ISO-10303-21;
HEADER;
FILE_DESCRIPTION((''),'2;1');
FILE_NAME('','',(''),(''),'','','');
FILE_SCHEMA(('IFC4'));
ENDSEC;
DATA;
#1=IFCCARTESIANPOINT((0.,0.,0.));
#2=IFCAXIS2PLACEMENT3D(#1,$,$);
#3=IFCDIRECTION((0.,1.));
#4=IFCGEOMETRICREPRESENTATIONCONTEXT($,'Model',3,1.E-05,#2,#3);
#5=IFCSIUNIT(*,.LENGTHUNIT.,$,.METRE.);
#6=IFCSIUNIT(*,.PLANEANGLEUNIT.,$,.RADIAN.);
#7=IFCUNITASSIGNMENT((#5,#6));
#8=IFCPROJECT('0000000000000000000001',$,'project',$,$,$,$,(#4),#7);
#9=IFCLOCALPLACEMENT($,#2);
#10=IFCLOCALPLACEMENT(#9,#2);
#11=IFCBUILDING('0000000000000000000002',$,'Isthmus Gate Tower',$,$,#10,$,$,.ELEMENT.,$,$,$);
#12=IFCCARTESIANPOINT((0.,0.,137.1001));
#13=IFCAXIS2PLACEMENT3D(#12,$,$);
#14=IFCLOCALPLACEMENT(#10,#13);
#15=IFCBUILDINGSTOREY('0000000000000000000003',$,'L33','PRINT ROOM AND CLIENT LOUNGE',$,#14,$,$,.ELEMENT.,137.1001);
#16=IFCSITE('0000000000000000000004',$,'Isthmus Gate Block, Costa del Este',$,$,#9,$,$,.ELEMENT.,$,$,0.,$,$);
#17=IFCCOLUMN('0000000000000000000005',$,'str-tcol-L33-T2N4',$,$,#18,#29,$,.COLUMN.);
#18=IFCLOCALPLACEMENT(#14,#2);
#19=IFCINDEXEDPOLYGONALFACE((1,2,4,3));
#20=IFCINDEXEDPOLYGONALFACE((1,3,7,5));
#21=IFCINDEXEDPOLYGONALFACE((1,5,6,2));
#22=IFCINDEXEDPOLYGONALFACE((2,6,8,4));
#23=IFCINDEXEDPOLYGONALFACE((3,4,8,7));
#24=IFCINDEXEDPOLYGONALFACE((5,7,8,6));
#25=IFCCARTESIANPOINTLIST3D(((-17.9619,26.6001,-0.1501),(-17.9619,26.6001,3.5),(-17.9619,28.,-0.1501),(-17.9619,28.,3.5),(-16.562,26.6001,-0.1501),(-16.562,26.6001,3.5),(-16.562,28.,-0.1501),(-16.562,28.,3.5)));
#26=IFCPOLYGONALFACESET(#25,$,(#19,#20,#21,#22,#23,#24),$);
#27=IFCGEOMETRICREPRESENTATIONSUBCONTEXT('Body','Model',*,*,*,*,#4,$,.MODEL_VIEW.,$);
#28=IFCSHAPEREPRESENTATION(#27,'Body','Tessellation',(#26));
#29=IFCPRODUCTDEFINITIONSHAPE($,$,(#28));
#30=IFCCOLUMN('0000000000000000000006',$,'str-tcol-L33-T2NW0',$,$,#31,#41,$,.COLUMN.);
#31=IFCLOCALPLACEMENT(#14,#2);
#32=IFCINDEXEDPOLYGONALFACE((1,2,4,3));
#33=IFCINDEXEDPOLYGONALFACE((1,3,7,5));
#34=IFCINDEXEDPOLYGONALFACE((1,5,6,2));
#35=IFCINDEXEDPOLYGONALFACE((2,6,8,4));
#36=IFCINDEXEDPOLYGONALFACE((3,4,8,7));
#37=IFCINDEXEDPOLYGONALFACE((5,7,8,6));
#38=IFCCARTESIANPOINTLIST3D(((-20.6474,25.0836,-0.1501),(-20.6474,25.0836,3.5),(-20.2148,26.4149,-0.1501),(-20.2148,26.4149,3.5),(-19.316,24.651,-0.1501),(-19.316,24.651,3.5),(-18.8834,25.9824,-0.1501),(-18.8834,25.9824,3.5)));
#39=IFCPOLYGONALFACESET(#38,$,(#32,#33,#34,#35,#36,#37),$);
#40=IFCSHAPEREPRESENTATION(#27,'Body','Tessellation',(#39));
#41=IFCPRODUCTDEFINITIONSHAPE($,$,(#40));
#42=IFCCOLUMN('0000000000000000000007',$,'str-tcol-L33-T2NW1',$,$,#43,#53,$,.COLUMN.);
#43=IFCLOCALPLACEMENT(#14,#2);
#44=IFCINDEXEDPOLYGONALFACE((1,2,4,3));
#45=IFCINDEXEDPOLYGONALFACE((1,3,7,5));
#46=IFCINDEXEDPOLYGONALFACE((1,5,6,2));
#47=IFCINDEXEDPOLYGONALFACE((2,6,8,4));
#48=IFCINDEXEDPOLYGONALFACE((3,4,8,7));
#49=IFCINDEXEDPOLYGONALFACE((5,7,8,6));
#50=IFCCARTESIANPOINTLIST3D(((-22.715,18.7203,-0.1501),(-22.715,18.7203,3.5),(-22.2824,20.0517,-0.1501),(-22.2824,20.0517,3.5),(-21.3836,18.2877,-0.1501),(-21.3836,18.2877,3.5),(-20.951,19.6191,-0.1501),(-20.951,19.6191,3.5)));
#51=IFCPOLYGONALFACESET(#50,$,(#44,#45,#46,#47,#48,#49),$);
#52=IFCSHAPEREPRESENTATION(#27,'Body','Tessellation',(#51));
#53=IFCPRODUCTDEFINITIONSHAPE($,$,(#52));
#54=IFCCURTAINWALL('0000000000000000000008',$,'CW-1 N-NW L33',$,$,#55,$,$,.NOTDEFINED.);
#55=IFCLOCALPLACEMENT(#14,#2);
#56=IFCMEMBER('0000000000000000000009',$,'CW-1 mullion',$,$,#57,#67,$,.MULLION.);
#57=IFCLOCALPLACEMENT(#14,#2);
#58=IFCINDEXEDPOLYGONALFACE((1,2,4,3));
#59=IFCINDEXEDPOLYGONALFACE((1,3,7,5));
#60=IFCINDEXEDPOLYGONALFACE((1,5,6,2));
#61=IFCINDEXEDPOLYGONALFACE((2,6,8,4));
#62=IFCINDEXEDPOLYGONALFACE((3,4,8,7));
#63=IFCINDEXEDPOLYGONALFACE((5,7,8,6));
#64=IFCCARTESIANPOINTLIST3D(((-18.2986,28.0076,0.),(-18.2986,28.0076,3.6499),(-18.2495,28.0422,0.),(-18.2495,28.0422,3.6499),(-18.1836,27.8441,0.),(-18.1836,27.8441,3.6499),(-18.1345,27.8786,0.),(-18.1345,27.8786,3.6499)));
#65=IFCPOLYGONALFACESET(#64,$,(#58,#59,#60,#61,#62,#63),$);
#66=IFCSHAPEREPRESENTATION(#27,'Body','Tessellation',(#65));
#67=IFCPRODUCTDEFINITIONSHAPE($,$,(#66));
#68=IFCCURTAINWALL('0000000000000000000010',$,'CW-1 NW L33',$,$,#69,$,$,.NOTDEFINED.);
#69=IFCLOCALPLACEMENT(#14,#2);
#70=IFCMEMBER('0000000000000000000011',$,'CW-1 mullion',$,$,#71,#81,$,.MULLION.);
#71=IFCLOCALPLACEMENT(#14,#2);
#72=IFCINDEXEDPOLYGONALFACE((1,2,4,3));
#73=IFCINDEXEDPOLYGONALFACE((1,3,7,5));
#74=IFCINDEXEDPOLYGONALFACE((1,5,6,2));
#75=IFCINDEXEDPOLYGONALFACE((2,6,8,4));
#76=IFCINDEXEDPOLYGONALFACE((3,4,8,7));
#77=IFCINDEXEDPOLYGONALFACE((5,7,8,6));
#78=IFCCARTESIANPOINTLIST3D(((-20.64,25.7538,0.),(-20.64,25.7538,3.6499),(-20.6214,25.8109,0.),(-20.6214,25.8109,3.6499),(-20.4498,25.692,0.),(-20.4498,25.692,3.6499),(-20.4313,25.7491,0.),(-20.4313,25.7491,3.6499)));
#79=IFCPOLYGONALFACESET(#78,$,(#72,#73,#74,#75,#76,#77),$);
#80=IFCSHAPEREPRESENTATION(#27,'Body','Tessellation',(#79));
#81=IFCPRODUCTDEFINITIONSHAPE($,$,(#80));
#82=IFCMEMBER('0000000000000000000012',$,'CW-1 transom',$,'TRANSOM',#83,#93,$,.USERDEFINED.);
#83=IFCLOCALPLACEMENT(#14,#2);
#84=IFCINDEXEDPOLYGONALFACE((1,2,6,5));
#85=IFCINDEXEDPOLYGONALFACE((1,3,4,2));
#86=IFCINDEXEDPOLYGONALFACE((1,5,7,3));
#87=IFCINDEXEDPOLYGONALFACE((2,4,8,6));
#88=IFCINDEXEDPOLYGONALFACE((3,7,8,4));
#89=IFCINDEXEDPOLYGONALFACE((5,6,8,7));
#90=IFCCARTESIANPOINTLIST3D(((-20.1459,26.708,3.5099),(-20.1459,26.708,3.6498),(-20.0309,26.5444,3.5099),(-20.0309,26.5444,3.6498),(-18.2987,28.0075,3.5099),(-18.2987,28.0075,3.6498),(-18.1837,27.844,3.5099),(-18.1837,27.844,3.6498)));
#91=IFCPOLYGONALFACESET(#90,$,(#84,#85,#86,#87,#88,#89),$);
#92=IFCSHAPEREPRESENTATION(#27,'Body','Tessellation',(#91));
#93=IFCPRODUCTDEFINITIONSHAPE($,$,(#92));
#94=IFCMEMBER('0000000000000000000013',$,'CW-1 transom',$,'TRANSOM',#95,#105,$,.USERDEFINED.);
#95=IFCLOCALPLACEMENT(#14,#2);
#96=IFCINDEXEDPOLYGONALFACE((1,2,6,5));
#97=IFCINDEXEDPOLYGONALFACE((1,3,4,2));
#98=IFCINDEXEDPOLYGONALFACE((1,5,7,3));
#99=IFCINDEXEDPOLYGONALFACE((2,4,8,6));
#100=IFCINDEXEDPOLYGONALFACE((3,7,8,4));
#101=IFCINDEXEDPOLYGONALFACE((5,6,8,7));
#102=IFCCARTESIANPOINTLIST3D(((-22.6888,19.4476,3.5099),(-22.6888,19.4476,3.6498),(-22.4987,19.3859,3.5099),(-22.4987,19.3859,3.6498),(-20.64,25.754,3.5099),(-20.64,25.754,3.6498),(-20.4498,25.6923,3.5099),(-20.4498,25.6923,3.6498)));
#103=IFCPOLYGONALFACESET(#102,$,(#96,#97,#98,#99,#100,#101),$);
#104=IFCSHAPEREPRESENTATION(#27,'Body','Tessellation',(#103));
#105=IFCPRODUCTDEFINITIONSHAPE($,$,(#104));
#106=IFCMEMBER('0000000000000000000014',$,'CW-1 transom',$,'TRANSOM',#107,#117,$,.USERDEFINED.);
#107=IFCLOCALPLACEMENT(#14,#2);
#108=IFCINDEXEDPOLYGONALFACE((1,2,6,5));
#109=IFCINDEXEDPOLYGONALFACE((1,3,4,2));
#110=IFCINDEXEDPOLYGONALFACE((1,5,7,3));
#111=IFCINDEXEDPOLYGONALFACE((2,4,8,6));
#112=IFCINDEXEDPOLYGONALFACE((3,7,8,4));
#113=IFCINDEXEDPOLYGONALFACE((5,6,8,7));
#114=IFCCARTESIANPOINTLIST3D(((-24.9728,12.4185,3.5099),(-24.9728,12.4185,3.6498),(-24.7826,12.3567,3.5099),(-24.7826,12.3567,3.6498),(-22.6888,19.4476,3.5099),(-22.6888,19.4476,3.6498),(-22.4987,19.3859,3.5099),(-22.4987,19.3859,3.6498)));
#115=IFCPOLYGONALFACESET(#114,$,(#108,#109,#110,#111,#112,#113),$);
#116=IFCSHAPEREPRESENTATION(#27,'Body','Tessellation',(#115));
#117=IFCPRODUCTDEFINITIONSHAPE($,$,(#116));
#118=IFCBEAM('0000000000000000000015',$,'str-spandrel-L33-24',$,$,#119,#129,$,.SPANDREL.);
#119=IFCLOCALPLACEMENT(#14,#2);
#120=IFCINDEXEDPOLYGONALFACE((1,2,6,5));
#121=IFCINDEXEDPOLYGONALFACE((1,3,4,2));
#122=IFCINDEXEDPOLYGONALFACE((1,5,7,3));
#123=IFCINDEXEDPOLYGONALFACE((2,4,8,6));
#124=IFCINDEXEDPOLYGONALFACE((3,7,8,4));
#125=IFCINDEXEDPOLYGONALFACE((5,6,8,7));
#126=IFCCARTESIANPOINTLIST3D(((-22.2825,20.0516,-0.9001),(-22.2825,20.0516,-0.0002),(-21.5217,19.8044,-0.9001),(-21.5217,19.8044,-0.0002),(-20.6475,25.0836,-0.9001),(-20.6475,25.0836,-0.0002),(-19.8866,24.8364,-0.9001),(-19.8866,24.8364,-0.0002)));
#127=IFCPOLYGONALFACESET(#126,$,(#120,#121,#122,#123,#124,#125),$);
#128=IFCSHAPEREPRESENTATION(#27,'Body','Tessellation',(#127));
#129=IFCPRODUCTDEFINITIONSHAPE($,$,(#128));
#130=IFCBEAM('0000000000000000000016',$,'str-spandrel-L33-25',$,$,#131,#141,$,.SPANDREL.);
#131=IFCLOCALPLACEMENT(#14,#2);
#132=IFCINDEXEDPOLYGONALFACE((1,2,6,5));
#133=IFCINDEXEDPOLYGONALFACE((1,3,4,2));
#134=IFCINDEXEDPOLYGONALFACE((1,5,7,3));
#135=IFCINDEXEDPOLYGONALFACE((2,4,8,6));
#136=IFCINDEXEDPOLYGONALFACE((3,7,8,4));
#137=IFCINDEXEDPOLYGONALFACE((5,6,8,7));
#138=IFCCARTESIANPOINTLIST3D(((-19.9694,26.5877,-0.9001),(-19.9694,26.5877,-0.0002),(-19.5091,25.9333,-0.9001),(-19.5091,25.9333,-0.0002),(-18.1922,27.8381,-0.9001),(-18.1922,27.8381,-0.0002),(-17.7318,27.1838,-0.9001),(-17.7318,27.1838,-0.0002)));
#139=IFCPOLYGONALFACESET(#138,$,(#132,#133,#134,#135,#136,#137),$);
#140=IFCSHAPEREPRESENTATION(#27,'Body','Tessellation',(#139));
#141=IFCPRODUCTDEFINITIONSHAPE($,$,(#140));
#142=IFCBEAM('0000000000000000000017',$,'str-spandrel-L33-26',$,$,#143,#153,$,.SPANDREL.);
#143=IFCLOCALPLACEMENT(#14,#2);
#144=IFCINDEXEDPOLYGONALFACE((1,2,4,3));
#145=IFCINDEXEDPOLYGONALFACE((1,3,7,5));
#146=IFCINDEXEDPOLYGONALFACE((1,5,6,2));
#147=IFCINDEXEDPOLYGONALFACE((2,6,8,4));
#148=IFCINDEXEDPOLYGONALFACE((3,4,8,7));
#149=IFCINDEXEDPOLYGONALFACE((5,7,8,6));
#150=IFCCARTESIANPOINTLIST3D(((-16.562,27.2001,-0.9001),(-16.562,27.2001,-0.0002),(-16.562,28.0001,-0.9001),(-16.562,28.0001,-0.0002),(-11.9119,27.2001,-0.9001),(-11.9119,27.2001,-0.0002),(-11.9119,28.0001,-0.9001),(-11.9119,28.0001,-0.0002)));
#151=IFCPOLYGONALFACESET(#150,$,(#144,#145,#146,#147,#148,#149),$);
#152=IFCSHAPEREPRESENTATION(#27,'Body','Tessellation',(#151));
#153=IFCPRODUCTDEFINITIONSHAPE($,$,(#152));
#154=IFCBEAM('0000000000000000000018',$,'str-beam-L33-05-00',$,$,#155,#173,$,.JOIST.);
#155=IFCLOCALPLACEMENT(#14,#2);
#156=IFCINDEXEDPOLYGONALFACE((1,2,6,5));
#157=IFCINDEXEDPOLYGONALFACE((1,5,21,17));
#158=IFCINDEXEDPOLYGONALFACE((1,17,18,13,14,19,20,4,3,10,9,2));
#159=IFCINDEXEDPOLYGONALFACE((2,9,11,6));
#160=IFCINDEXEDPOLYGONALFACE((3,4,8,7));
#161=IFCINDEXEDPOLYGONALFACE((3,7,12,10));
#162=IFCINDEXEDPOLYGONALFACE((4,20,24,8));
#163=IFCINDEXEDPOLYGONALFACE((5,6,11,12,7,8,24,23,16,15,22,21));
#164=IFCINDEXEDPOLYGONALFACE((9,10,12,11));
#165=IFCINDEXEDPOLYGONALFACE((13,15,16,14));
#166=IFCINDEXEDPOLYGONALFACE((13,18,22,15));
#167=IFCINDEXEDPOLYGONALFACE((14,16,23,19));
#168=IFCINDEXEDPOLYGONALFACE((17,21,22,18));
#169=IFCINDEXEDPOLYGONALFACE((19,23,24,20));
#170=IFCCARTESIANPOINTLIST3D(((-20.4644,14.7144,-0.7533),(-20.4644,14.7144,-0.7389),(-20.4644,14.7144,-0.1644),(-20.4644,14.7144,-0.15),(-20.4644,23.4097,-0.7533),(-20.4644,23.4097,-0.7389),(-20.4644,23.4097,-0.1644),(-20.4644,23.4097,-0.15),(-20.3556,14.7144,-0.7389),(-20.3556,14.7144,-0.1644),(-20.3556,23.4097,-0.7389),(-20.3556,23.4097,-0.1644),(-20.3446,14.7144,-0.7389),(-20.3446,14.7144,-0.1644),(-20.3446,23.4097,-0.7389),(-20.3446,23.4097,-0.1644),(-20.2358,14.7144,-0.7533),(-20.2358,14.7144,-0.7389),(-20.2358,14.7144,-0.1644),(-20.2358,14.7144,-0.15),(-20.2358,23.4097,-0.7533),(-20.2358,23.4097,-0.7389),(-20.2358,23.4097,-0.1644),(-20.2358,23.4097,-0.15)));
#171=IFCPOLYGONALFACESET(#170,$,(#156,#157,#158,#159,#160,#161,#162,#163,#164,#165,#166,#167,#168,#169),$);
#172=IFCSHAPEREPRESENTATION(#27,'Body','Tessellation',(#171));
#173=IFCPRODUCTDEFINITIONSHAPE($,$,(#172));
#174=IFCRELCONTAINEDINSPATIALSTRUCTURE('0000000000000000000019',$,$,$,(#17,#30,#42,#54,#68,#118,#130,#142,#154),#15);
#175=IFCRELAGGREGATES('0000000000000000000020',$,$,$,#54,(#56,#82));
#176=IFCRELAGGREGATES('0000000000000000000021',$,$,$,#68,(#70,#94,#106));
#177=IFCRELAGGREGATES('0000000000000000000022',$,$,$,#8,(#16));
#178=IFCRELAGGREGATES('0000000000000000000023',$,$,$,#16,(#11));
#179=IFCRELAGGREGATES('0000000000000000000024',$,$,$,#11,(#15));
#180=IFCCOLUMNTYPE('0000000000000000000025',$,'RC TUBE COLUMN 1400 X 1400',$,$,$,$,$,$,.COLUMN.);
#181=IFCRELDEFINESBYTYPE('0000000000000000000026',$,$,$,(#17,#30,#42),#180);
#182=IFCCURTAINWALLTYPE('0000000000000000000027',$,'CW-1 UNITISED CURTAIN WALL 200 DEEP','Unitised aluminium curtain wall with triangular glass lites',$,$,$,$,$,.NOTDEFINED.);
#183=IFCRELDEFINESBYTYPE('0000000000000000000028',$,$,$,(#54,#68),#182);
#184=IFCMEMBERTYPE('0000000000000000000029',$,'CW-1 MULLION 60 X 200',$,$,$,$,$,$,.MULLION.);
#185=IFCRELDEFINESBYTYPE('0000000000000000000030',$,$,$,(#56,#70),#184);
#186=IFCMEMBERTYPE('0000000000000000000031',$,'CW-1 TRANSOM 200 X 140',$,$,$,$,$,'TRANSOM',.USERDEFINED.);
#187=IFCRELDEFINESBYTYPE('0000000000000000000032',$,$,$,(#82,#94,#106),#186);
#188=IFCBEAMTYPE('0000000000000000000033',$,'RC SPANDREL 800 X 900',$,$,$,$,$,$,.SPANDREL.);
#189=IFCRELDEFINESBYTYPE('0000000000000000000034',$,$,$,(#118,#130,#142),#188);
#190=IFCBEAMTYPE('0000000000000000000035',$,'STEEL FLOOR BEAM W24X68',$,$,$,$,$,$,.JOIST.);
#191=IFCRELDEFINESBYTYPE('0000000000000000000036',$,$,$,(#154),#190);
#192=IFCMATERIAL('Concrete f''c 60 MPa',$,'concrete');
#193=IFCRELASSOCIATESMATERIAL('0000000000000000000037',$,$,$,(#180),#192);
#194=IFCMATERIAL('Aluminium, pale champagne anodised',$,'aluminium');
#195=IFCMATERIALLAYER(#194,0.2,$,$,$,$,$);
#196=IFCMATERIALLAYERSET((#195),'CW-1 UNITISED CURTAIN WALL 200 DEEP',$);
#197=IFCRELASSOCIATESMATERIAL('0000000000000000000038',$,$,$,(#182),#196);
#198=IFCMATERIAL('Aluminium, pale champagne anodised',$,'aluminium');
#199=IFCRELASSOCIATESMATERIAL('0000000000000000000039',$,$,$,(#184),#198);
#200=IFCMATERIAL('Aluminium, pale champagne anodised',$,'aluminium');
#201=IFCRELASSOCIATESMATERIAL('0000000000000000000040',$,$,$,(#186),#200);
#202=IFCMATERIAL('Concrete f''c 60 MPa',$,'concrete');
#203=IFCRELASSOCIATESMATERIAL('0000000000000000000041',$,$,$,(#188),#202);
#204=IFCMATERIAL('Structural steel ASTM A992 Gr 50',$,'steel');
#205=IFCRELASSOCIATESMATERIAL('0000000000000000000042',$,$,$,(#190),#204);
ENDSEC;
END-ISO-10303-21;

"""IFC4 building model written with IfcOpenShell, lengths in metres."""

from ifc_helpers import new_model, si_unit, direction, frame, origin, origin_2d, place, context, subcontext, project, spatial, rectangle, i_section, extrude, material, layer, layer_set, material_profile, profile_set, type_object, element, aggregate, save


model = new_model("IFC4")

# Units and contexts
model_context = context("Model", 3, precision=1e-05, world=origin(), true_north=direction((0.0, 1.0)))
body_context = subcontext(model_context, "Body", "Model", "MODEL_VIEW")
ifc_project = project(units=[si_unit("LENGTHUNIT", "METRE"), si_unit("PLANEANGLEUNIT", "RADIAN")], contexts=[model_context])

# Site, building, storey
site_placement = place(None, origin())
site = spatial("IfcSite", under=ifc_project, at=site_placement, Name="Isthmus Gate Block, Costa del Este", CompositionType="ELEMENT", RefElevation=0.0)
building_placement = place(site_placement, origin())
building = spatial("IfcBuilding", under=site, at=building_placement, Name="Isthmus Gate Tower", CompositionType="ELEMENT")
storey_placement = place(building_placement, frame((0.0, 0.0, 137.1001)))
storey = spatial("IfcBuildingStorey", under=building, at=storey_placement, Name="L33", Description="PRINT ROOM AND CLIENT LOUNGE", CompositionType="ELEMENT", Elevation=137.1001)

# Columns
ifc_material_1 = material(Name="Concrete f'c 60 MPa", Category="concrete")
ifc_material_profile_1 = material_profile(ifc_material_1, rectangle(XDim=1.3999, YDim=1.3999, at=origin_2d()), Name="RC 1400X1400")
ifc_profile_set_1 = profile_set([ifc_material_profile_1], Name="Concrete f'c 60 MPa")
column_type = type_object("IfcColumnType", Name="RC TUBE COLUMN 1400 X 1400", PredefinedType="COLUMN", material=ifc_profile_set_1)
for number, where, z_axis, x_axis, name in (
    (1, (-17.262, 27.3, -0.1501), (0.0, 0.0, 1.0), (-1.0, 0.0, 0.0), "str-tcol-L33-T2N4"),
    (2, (-19.7654, 25.533, -0.1501), (0.0, 0.0, 1.0), (-0.309017, -0.951057, 0.0), "str-tcol-L33-T2NW0"),
    (3, (-21.833, 19.1697, -0.1501), (0.0, 0.0, 1.0), (-0.309017, -0.951057, 0.0), "str-tcol-L33-T2NW1"),
):
    element("IfcColumn", number, at=place(storey_placement, frame(where, z_axis=z_axis, x_axis=x_axis)), inside=storey, type_object=column_type, Name=name, PredefinedType="COLUMN", context=body_context, shape_type="SweptSolid", body=[
        extrude(rectangle(XDim=1.3999, YDim=1.3999, at=origin_2d()), origin(), (0.0, 0.0, 1.0), 3.6501),
    ])

# Curtain walls, members
ifc_material_2 = material(Name="Aluminium, pale champagne anodised", Category="aluminium")
ifc_layer_1 = layer(ifc_material_2, 0.2)
ifc_layer_set_1 = layer_set([ifc_layer_1], Name="CW-1 UNITISED CURTAIN WALL 200 DEEP")
curtain_wall_type = type_object("IfcCurtainWallType", Name="CW-1 UNITISED CURTAIN WALL 200 DEEP", Description="Unitised aluminium curtain wall with triangular glass lites", PredefinedType="NOTDEFINED", material=ifc_layer_set_1)
curtain_wall_1_placement = place(storey_placement, origin())
curtain_wall_1 = element("IfcCurtainWall", 4, at=curtain_wall_1_placement, inside=storey, type_object=curtain_wall_type, Name="CW-1 N-NW L33", PredefinedType="NOTDEFINED")
ifc_material_3 = material(Name="Aluminium, pale champagne anodised", Category="aluminium")
ifc_material_profile_2 = material_profile(ifc_material_3, rectangle(XDim=0.0601, YDim=0.2, at=origin_2d()), Name="60x200")
ifc_profile_set_2 = profile_set([ifc_material_profile_2], Name="Aluminium, pale champagne anodised")
member_type_1 = type_object("IfcMemberType", Name="CW-1 MULLION 60 X 200", PredefinedType="MULLION", material=ifc_profile_set_2)
member_1_placement = place(storey_placement, frame((-18.2166, 27.9431, 0.0), z_axis=(0.0, 0.0, 1.0), x_axis=(-0.81786, -0.575418, 0.0)))
member_1 = element("IfcMember", 5, at=member_1_placement, type_object=member_type_1, Name="CW-1 mullion", PredefinedType="MULLION", context=body_context, shape_type="SweptSolid", body=[
    extrude(rectangle(XDim=0.0601, YDim=0.2, at=origin_2d()), origin(), (0.0, 0.0, 1.0), 3.6499),
])
curtain_wall_2_placement = place(storey_placement, origin())
curtain_wall_2 = element("IfcCurtainWall", 6, at=curtain_wall_2_placement, inside=storey, type_object=curtain_wall_type, Name="CW-1 NW L33", PredefinedType="NOTDEFINED")
member_2_placement = place(storey_placement, frame((-20.5356, 25.7515, 0.0), z_axis=(0.0, 0.0, 1.0), x_axis=(-0.309017, -0.951057, 0.0)))
member_2 = element("IfcMember", 7, at=member_2_placement, type_object=member_type_1, Name="CW-1 mullion", PredefinedType="MULLION", context=body_context, shape_type="SweptSolid", body=[
    extrude(rectangle(XDim=0.0601, YDim=0.2, at=origin_2d()), origin(), (0.0, 0.0, 1.0), 3.6499),
])

# Members
ifc_material_4 = material(Name="Aluminium, pale champagne anodised", Category="aluminium")
ifc_material_profile_3 = material_profile(ifc_material_4, rectangle(XDim=0.2, YDim=0.1399, at=origin_2d()), Name="200x140")
ifc_profile_set_3 = profile_set([ifc_material_profile_3], Name="Aluminium, pale champagne anodised")
member_type_2 = type_object("IfcMemberType", Name="CW-1 TRANSOM 200 X 140", ElementType="TRANSOM", PredefinedType="USERDEFINED", material=ifc_profile_set_3)
member_3_placement = place(storey_placement, frame((-18.2412, 27.9258, 3.5798), z_axis=(-0.817869, -0.575405, 0.0), x_axis=(0.575405, -0.817869, 0.0)))
member_3 = element("IfcMember", 8, at=member_3_placement, type_object=member_type_2, Name="CW-1 transom", ObjectType="TRANSOM", PredefinedType="USERDEFINED", context=body_context, shape_type="SweptSolid", body=[
    extrude(rectangle(XDim=0.2, YDim=0.1399, at=origin_2d()), origin(), (0.0, 0.0, 1.0), 2.2585),
])
member_4_placement = place(storey_placement, frame((-20.5449, 25.7231, 3.5798), z_axis=(-0.308984, -0.951067, 0.0), x_axis=(0.951067, -0.308984, 0.0)))
member_4 = element("IfcMember", 9, at=member_4_placement, type_object=member_type_2, Name="CW-1 transom", ObjectType="TRANSOM", PredefinedType="USERDEFINED", context=body_context, shape_type="SweptSolid", body=[
    extrude(rectangle(XDim=0.2, YDim=0.1399, at=origin_2d()), origin(), (0.0, 0.0, 1.0), 6.6309),
])
member_5_placement = place(storey_placement, frame((-22.5938, 19.4167, 3.5798), z_axis=(-0.309024, -0.951054, 0.0), x_axis=(0.951054, -0.309024, 0.0)))
member_5 = element("IfcMember", 10, at=member_5_placement, type_object=member_type_2, Name="CW-1 transom", ObjectType="TRANSOM", PredefinedType="USERDEFINED", context=body_context, shape_type="SweptSolid", body=[
    extrude(rectangle(XDim=0.2, YDim=0.1399, at=origin_2d()), origin(), (0.0, 0.0, 1.0), 7.3909),
])

# Beams
ifc_material_5 = material(Name="Concrete f'c 60 MPa", Category="concrete")
ifc_material_profile_4 = material_profile(ifc_material_5, rectangle(XDim=0.8, YDim=0.8999, at=origin_2d()), Name="RC 800X900")
ifc_profile_set_4 = profile_set([ifc_material_profile_4], Name="Concrete f'c 60 MPa")
beam_type_1 = type_object("IfcBeamType", Name="RC SPANDREL 800 X 900", PredefinedType="SPANDREL", material=ifc_profile_set_4)
beam_1_placement = place(storey_placement, frame((-21.9021, 19.928, -0.4502), z_axis=(0.30902, 0.951055, 0.0), x_axis=(-0.951055, 0.30902, 0.0)))
element("IfcBeam", 11, at=beam_1_placement, inside=storey, type_object=beam_type_1, Name="str-spandrel-L33-24", PredefinedType="SPANDREL", context=body_context, shape_type="SweptSolid", body=[
    extrude(rectangle(XDim=0.8, YDim=0.8999, at=origin_2d()), origin(), (0.0, 0.0, 1.0), 5.291),
])
beam_2_placement = place(storey_placement, frame((-19.7393, 26.2605, -0.4502), z_axis=(0.817857, 0.575421, 0.0), x_axis=(-0.575421, 0.817857, 0.0)))
element("IfcBeam", 12, at=beam_2_placement, inside=storey, type_object=beam_type_1, Name="str-spandrel-L33-25", PredefinedType="SPANDREL", context=body_context, shape_type="SweptSolid", body=[
    extrude(rectangle(XDim=0.8, YDim=0.8999, at=origin_2d()), origin(), (0.0, 0.0, 1.0), 2.1731),
])
beam_3_placement = place(storey_placement, frame((-16.562, 27.6001, -0.4502), z_axis=(1.0, 0.0, 0.0), x_axis=(0.0, 1.0, 0.0)))
element("IfcBeam", 13, at=beam_3_placement, inside=storey, type_object=beam_type_1, Name="str-spandrel-L33-26", PredefinedType="SPANDREL", context=body_context, shape_type="SweptSolid", body=[
    extrude(rectangle(XDim=0.8, YDim=0.8999, at=origin_2d()), origin(), (0.0, 0.0, 1.0), 4.6501),
])
ifc_material_6 = material(Name="Structural steel ASTM A992 Gr 50", Category="steel")
ifc_material_profile_5 = material_profile(ifc_material_6, i_section(OverallWidth=0.2285, OverallDepth=0.6033, WebThickness=0.011, FlangeThickness=0.0144, at=origin_2d()), Name="W24X68")
ifc_profile_set_5 = profile_set([ifc_material_profile_5], Name="Structural steel ASTM A992 Gr 50")
beam_type_2 = type_object("IfcBeamType", Name="STEEL FLOOR BEAM W24X68", PredefinedType="JOIST", material=ifc_profile_set_5)
beam_4_placement = place(storey_placement, frame((-20.3501, 14.7144, -0.4517), z_axis=(0.0, 1.0, 0.0), x_axis=(-1.0, 0.0, 0.0)))
element("IfcBeam", 14, at=beam_4_placement, inside=storey, type_object=beam_type_2, Name="str-beam-L33-05-00", PredefinedType="JOIST", context=body_context, shape_type="SweptSolid", body=[
    extrude(i_section(OverallWidth=0.2285, OverallDepth=0.6033, WebThickness=0.011, FlangeThickness=0.0144, at=origin_2d()), origin(), (0.0, 0.0, 1.0), 8.6953),
])

aggregate(curtain_wall_1, [member_1, member_3])

aggregate(curtain_wall_2, [member_2, member_4, member_5])

save(model, "model.ifc")
